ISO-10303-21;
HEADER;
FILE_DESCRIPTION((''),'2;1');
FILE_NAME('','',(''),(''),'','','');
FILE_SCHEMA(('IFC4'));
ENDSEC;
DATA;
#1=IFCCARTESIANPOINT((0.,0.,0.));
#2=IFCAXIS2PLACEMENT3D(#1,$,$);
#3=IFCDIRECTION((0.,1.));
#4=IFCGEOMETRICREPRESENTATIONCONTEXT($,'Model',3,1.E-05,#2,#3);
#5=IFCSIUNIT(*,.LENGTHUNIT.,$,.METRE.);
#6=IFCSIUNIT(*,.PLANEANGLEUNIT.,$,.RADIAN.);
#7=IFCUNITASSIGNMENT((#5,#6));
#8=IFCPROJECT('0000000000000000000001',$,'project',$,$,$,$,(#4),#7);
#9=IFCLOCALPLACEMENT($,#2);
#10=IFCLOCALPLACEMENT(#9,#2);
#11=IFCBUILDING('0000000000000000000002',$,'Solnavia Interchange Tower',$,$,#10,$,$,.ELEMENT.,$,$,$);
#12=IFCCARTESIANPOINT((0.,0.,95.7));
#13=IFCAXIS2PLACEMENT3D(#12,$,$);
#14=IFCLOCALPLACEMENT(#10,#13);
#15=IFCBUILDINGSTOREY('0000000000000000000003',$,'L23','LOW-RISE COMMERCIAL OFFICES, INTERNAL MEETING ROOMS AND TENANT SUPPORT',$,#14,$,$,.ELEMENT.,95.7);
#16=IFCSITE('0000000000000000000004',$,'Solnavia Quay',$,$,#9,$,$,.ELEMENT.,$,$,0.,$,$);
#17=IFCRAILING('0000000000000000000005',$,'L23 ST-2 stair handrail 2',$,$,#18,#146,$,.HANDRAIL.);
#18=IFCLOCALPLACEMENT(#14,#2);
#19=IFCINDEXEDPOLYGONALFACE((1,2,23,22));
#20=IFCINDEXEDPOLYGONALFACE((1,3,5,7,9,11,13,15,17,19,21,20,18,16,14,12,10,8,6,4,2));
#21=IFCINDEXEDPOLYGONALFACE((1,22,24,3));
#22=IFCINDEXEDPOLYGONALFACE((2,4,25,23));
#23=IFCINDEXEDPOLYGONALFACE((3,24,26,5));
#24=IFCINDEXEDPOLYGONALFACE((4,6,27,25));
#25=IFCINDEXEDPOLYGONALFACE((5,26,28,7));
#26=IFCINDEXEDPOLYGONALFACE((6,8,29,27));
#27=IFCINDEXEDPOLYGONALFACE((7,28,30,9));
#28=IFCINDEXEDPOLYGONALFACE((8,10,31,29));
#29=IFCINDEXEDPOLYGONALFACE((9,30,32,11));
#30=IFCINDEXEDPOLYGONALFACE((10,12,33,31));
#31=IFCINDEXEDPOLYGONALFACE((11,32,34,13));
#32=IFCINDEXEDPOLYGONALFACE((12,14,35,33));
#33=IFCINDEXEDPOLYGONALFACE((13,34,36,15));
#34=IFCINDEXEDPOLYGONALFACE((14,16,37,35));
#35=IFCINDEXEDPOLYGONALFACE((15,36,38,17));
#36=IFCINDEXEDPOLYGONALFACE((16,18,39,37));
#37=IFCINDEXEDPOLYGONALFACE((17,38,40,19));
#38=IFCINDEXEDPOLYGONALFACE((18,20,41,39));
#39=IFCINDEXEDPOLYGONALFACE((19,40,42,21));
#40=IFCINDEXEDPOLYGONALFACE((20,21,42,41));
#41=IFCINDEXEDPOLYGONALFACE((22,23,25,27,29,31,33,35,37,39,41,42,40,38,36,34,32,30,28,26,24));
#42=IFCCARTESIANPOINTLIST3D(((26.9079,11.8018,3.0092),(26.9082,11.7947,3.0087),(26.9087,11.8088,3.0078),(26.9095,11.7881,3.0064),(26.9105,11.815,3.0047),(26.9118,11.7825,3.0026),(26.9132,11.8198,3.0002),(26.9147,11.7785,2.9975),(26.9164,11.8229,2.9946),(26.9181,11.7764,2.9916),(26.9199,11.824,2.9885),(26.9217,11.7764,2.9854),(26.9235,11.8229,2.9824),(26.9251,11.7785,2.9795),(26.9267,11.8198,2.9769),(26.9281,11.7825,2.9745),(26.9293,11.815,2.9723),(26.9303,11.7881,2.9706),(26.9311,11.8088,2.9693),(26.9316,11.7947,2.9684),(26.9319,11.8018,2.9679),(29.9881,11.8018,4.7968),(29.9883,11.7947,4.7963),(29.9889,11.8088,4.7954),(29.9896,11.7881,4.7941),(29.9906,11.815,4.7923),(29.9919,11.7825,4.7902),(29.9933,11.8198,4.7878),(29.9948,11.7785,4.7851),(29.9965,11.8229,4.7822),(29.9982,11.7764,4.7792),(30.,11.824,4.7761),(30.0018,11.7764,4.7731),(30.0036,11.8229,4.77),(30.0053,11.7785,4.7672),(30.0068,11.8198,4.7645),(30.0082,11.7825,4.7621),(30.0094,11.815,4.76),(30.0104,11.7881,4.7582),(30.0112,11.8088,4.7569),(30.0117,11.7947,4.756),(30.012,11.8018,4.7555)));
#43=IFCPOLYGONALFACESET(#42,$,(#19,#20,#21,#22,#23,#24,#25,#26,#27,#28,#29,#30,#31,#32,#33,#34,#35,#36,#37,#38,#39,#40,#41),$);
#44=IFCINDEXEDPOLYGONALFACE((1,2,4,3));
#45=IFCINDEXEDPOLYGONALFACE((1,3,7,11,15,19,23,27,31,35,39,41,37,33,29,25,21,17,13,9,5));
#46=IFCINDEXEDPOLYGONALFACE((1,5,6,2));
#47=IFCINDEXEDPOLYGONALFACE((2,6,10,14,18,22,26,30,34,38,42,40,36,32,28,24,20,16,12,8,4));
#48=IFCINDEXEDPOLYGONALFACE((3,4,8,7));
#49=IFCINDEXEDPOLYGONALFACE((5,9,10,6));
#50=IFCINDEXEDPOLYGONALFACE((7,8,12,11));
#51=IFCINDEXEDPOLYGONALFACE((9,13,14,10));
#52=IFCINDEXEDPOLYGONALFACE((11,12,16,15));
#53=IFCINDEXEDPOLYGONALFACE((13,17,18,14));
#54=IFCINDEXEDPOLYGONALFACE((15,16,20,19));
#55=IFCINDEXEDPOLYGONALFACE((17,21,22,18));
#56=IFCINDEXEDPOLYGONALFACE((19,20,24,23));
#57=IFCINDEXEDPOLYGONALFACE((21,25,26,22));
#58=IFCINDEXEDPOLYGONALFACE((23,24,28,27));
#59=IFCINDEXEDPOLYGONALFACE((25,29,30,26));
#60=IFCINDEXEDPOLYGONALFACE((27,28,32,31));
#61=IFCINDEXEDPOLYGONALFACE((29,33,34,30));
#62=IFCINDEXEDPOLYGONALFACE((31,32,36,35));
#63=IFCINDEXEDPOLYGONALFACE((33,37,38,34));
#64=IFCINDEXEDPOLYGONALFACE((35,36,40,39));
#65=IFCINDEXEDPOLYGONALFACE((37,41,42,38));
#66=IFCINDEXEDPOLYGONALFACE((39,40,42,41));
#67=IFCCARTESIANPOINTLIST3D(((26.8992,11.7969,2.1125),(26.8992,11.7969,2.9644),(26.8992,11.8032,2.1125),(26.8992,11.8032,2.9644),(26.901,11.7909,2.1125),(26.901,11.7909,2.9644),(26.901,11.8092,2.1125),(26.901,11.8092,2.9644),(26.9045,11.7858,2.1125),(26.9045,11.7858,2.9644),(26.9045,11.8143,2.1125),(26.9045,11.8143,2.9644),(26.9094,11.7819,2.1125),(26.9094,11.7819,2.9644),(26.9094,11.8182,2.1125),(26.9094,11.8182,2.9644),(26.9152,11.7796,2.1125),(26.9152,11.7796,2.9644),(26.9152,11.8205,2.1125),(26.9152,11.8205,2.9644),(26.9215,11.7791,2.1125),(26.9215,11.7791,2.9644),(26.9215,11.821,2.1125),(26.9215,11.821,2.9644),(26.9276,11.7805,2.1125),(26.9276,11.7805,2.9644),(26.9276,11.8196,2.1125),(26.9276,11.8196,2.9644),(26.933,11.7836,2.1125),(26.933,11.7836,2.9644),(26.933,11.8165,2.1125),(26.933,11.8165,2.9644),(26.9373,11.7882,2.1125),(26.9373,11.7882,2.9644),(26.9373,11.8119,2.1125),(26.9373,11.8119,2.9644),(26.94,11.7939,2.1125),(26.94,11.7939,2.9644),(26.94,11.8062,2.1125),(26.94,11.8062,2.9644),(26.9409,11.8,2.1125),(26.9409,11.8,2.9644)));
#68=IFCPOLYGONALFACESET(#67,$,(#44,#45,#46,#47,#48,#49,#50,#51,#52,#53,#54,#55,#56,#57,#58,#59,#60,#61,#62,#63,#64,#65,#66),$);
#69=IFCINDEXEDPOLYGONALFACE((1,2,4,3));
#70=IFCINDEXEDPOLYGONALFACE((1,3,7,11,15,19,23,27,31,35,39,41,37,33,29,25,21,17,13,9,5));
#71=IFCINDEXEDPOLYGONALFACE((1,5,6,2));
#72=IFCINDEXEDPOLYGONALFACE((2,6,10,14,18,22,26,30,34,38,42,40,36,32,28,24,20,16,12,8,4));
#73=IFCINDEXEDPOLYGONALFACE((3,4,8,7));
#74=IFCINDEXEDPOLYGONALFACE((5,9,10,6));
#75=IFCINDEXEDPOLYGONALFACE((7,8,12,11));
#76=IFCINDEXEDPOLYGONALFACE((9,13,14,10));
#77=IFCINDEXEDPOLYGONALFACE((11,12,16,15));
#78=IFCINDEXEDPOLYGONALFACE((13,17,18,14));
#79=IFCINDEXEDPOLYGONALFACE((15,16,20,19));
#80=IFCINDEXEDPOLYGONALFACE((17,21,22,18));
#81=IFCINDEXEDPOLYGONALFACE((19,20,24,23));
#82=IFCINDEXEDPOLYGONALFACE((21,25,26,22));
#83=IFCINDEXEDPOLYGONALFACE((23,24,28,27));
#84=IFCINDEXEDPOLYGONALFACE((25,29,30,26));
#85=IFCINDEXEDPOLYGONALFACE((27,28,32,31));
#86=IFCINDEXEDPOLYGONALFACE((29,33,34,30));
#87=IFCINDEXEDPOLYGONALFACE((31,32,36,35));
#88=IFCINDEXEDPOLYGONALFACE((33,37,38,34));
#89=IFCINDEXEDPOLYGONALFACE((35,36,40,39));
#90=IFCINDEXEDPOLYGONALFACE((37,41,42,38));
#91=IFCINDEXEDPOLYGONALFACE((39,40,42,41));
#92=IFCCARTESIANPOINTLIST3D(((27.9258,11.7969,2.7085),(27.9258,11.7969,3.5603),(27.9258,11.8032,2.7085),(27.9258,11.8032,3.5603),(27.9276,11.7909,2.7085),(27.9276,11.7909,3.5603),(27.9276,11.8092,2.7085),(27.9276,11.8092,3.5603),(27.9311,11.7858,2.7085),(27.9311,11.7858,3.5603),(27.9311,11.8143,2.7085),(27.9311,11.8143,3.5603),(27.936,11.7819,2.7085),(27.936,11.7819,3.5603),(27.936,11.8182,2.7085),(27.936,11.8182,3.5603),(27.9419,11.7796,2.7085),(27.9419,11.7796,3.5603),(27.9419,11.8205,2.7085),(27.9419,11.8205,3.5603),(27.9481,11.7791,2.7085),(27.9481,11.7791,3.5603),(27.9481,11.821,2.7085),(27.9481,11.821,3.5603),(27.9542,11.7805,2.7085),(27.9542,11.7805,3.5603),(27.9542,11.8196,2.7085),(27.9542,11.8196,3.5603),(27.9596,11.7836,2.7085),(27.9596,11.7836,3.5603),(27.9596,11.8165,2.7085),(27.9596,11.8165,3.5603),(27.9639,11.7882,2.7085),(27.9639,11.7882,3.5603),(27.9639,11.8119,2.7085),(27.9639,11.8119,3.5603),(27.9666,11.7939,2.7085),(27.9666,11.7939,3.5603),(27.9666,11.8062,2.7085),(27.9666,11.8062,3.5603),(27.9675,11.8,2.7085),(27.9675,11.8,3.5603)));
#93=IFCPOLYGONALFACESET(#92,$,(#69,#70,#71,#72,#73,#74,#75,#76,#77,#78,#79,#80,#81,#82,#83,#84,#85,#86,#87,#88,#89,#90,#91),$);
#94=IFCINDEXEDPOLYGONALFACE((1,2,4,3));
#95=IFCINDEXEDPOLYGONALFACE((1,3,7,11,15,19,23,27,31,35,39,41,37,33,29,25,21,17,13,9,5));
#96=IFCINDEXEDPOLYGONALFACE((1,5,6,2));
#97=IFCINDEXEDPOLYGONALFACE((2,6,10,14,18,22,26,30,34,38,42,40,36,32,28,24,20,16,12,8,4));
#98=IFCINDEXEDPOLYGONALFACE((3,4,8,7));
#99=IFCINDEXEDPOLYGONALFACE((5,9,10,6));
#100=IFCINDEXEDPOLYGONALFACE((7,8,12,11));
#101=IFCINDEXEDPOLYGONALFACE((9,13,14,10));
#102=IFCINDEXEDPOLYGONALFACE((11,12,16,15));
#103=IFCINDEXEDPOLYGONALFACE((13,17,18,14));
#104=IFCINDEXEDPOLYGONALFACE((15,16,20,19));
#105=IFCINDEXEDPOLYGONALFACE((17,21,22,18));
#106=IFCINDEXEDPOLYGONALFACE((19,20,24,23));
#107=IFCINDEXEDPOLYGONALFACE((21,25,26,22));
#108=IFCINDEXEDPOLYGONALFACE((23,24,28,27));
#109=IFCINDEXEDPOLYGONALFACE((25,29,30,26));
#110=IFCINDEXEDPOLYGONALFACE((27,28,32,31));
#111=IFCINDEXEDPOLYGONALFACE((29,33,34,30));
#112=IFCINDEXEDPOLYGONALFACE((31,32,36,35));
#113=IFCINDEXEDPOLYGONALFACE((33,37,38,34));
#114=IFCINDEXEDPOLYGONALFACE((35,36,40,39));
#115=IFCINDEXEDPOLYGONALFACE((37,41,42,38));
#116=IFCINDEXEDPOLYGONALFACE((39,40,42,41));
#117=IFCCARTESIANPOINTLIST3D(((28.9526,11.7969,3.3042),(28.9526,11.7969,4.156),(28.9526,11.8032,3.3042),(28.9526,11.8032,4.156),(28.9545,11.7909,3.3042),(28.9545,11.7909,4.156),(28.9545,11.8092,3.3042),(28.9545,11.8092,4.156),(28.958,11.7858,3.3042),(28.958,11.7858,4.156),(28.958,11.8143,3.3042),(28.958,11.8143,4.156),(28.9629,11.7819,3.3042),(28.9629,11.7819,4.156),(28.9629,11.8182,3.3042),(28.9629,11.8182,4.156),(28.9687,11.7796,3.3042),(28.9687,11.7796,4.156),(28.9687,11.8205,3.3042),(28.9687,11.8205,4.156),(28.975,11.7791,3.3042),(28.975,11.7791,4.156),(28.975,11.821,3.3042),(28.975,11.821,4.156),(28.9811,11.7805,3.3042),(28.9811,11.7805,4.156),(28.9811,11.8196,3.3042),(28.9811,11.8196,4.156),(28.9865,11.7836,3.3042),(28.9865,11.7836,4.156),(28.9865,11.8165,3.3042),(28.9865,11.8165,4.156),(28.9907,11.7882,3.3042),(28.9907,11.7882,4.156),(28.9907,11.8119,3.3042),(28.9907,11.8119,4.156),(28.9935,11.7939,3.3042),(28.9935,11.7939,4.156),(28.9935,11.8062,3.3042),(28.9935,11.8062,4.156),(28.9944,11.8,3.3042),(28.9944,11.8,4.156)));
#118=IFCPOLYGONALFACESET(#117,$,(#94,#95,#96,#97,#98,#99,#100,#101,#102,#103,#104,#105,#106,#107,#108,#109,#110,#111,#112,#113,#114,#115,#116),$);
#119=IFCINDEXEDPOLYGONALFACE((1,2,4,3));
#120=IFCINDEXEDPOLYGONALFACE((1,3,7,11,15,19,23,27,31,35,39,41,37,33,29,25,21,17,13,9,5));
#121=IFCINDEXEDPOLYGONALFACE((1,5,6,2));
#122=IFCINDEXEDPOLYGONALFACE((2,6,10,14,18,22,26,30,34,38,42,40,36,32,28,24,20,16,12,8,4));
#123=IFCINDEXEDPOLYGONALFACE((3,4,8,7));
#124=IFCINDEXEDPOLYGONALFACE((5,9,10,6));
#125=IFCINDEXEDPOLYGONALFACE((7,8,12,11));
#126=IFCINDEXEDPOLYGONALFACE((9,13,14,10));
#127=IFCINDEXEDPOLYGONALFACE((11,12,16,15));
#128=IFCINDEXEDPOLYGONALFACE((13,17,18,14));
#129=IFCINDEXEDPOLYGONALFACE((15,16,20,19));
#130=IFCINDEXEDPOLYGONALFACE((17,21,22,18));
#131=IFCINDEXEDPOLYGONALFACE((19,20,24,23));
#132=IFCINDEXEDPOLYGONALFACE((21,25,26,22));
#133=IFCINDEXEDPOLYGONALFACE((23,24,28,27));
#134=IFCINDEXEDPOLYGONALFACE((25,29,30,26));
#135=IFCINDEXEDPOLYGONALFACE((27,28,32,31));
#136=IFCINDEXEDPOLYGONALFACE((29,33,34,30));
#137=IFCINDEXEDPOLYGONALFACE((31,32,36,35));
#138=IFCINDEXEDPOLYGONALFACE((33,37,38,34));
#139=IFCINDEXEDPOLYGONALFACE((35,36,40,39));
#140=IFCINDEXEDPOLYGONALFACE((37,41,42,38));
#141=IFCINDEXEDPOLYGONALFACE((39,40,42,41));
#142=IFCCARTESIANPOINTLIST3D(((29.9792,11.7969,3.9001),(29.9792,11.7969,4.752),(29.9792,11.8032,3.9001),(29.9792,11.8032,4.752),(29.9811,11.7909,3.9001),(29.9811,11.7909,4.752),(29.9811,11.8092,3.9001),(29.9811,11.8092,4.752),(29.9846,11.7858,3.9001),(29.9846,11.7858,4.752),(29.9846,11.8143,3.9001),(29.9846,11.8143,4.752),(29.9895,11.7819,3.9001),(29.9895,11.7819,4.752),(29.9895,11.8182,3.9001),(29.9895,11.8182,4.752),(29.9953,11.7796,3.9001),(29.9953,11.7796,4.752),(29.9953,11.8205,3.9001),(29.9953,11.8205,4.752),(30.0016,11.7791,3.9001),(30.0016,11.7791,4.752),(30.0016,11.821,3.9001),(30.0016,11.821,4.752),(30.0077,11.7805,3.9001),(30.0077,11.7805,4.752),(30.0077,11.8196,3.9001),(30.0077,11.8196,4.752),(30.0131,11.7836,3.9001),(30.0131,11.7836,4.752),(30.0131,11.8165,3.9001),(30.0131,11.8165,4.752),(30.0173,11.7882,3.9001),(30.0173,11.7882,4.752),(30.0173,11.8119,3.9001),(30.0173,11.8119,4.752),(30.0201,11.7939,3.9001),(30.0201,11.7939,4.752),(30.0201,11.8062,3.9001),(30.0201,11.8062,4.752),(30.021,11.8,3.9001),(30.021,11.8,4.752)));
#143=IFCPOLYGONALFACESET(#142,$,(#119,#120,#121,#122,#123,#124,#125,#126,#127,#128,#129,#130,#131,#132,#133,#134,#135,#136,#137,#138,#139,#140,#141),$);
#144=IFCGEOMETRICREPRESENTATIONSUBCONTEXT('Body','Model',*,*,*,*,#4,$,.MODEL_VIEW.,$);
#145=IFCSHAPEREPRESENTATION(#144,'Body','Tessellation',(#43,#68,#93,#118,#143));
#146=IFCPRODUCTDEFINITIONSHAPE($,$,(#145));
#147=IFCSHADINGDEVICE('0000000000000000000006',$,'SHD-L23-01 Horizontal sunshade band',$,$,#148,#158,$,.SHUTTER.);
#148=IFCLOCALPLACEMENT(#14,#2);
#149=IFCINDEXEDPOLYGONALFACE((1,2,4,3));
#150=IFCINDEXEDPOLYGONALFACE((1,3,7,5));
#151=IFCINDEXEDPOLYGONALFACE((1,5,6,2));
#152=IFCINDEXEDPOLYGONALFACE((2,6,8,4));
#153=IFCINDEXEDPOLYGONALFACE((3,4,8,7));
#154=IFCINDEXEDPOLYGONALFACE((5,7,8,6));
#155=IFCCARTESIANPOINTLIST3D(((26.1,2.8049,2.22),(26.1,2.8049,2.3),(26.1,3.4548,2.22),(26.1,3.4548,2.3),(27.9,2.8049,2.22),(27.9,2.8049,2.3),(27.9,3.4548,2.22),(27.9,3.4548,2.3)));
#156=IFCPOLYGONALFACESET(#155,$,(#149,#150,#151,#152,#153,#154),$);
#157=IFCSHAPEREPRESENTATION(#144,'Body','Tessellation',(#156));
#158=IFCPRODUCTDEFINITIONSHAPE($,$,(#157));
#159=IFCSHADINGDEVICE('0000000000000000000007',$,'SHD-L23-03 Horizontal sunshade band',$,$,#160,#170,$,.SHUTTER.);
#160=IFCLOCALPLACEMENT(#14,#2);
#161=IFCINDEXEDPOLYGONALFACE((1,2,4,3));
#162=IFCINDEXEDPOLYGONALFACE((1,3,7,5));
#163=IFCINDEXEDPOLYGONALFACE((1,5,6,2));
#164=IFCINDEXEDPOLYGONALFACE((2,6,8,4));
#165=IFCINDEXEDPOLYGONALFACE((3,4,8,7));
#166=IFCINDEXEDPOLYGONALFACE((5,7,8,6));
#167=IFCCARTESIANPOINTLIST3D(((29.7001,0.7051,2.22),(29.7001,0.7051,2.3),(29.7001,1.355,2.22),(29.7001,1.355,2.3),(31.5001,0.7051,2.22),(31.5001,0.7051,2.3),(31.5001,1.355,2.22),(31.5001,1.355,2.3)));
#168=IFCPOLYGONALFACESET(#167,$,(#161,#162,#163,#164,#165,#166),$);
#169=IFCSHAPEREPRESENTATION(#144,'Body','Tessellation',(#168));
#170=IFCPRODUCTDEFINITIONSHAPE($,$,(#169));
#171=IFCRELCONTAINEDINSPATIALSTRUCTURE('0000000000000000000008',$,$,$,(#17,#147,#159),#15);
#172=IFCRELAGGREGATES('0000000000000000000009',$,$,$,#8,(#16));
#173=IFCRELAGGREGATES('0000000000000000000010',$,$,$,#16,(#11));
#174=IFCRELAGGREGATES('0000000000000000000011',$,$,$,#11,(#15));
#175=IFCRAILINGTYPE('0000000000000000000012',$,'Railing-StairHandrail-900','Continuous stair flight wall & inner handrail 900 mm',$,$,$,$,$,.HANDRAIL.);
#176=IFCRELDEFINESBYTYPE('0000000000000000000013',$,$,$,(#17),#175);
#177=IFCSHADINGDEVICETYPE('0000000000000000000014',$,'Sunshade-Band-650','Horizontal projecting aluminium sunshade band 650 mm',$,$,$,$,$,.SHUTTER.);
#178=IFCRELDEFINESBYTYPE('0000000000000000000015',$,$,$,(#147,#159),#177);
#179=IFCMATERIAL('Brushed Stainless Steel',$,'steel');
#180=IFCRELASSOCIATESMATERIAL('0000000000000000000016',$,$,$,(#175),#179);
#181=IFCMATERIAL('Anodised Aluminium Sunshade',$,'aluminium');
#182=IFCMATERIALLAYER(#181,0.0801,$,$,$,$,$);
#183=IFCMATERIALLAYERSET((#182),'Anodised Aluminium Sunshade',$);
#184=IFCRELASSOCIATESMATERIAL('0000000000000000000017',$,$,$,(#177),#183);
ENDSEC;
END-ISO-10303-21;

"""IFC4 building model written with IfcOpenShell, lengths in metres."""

from ifc_helpers import new_model, si_unit, direction, frame, origin, origin_2d, place, context, subcontext, project, spatial, rectangle, circle, extrude, material, layer, layer_set, type_object, element, save


model = new_model("IFC4")

# Units and contexts
model_context = context("Model", 3, precision=1e-05, world=origin(), true_north=direction((0.0, 1.0)))
body_context = subcontext(model_context, "Body", "Model", "MODEL_VIEW")
ifc_project = project(units=[si_unit("LENGTHUNIT", "METRE"), si_unit("PLANEANGLEUNIT", "RADIAN")], contexts=[model_context])

# Site, building, storey
site_placement = place(None, origin())
site = spatial("IfcSite", under=ifc_project, at=site_placement, Name="Solnavia Quay", CompositionType="ELEMENT", RefElevation=0.0)
building_placement = place(site_placement, origin())
building = spatial("IfcBuilding", under=site, at=building_placement, Name="Solnavia Interchange Tower", CompositionType="ELEMENT")
storey_placement = place(building_placement, frame((0.0, 0.0, 95.7)))
storey = spatial("IfcBuildingStorey", under=building, at=storey_placement, Name="L23", Description="LOW-RISE COMMERCIAL OFFICES, INTERNAL MEETING ROOMS AND TENANT SUPPORT", CompositionType="ELEMENT", Elevation=95.7)

# Railing
ifc_material_1 = material(Name="Brushed Stainless Steel", Category="steel")
railing_type_1 = type_object("IfcRailingType", Name="Railing-StairHandrail-900", Description="Continuous stair flight wall & inner handrail 900 mm", PredefinedType="HANDRAIL", material=ifc_material_1)
railing_1_placement = place(storey_placement, frame((26.9199, 11.8, 2.1125)))
element("IfcRailing", 1, at=railing_1_placement, inside=storey, type_object=railing_type_1, Name="L23 ST-2 stair handrail 2", PredefinedType="HANDRAIL", context=body_context, shape_type="SweptSolid", body=[
    extrude(circle(Radius=0.0239, at=origin_2d()), frame((0.0, 0.0, 0.876), z_axis=(0.864891, 0.0, 0.50196), x_axis=(0.0, 1.0, 0.0)), (0.0, 0.0, 1.0), 3.5613),
    extrude(circle(Radius=0.021, at=origin_2d()), origin(), (0.0, 0.0, 1.0), 0.8518),
    extrude(circle(Radius=0.021, at=origin_2d()), frame((1.0266, 0.0, 0.5959)), (0.0, 0.0, 1.0), 0.8518),
    extrude(circle(Radius=0.021, at=origin_2d()), frame((2.0535, 0.0, 1.1917)), (0.0, 0.0, 1.0), 0.8518),
    extrude(circle(Radius=0.021, at=origin_2d()), frame((3.0801, 0.0, 1.7876)), (0.0, 0.0, 1.0), 0.8518),
])

# Shading devices
ifc_material_2 = material(Name="Anodised Aluminium Sunshade", Category="aluminium")
ifc_layer_1 = layer(ifc_material_2, 0.0801)
ifc_layer_set_1 = layer_set([ifc_layer_1], Name="Anodised Aluminium Sunshade")
shading_device_type = type_object("IfcShadingDeviceType", Name="Sunshade-Band-650", Description="Horizontal projecting aluminium sunshade band 650 mm", PredefinedType="SHUTTER", material=ifc_layer_set_1)
for number, where, z_axis, x_axis, name in (
    (2, (27.0, 3.1299, 2.22), (0.0, 0.0, 1.0), (-1.0, 0.0, 0.0), "SHD-L23-01 Horizontal sunshade band"),
    (3, (30.6001, 1.03, 2.22), (0.0, 0.0, 1.0), (-1.0, 0.0, 0.0), "SHD-L23-03 Horizontal sunshade band"),
):
    element("IfcShadingDevice", number, at=place(storey_placement, frame(where, z_axis=z_axis, x_axis=x_axis)), inside=storey, type_object=shading_device_type, Name=name, PredefinedType="SHUTTER", context=body_context, shape_type="SweptSolid", body=[
        extrude(rectangle(XDim=1.8, YDim=0.6499, at=origin_2d()), origin(), (0.0, 0.0, 1.0), 0.0801),
    ])

save(model, "model.ifc")
